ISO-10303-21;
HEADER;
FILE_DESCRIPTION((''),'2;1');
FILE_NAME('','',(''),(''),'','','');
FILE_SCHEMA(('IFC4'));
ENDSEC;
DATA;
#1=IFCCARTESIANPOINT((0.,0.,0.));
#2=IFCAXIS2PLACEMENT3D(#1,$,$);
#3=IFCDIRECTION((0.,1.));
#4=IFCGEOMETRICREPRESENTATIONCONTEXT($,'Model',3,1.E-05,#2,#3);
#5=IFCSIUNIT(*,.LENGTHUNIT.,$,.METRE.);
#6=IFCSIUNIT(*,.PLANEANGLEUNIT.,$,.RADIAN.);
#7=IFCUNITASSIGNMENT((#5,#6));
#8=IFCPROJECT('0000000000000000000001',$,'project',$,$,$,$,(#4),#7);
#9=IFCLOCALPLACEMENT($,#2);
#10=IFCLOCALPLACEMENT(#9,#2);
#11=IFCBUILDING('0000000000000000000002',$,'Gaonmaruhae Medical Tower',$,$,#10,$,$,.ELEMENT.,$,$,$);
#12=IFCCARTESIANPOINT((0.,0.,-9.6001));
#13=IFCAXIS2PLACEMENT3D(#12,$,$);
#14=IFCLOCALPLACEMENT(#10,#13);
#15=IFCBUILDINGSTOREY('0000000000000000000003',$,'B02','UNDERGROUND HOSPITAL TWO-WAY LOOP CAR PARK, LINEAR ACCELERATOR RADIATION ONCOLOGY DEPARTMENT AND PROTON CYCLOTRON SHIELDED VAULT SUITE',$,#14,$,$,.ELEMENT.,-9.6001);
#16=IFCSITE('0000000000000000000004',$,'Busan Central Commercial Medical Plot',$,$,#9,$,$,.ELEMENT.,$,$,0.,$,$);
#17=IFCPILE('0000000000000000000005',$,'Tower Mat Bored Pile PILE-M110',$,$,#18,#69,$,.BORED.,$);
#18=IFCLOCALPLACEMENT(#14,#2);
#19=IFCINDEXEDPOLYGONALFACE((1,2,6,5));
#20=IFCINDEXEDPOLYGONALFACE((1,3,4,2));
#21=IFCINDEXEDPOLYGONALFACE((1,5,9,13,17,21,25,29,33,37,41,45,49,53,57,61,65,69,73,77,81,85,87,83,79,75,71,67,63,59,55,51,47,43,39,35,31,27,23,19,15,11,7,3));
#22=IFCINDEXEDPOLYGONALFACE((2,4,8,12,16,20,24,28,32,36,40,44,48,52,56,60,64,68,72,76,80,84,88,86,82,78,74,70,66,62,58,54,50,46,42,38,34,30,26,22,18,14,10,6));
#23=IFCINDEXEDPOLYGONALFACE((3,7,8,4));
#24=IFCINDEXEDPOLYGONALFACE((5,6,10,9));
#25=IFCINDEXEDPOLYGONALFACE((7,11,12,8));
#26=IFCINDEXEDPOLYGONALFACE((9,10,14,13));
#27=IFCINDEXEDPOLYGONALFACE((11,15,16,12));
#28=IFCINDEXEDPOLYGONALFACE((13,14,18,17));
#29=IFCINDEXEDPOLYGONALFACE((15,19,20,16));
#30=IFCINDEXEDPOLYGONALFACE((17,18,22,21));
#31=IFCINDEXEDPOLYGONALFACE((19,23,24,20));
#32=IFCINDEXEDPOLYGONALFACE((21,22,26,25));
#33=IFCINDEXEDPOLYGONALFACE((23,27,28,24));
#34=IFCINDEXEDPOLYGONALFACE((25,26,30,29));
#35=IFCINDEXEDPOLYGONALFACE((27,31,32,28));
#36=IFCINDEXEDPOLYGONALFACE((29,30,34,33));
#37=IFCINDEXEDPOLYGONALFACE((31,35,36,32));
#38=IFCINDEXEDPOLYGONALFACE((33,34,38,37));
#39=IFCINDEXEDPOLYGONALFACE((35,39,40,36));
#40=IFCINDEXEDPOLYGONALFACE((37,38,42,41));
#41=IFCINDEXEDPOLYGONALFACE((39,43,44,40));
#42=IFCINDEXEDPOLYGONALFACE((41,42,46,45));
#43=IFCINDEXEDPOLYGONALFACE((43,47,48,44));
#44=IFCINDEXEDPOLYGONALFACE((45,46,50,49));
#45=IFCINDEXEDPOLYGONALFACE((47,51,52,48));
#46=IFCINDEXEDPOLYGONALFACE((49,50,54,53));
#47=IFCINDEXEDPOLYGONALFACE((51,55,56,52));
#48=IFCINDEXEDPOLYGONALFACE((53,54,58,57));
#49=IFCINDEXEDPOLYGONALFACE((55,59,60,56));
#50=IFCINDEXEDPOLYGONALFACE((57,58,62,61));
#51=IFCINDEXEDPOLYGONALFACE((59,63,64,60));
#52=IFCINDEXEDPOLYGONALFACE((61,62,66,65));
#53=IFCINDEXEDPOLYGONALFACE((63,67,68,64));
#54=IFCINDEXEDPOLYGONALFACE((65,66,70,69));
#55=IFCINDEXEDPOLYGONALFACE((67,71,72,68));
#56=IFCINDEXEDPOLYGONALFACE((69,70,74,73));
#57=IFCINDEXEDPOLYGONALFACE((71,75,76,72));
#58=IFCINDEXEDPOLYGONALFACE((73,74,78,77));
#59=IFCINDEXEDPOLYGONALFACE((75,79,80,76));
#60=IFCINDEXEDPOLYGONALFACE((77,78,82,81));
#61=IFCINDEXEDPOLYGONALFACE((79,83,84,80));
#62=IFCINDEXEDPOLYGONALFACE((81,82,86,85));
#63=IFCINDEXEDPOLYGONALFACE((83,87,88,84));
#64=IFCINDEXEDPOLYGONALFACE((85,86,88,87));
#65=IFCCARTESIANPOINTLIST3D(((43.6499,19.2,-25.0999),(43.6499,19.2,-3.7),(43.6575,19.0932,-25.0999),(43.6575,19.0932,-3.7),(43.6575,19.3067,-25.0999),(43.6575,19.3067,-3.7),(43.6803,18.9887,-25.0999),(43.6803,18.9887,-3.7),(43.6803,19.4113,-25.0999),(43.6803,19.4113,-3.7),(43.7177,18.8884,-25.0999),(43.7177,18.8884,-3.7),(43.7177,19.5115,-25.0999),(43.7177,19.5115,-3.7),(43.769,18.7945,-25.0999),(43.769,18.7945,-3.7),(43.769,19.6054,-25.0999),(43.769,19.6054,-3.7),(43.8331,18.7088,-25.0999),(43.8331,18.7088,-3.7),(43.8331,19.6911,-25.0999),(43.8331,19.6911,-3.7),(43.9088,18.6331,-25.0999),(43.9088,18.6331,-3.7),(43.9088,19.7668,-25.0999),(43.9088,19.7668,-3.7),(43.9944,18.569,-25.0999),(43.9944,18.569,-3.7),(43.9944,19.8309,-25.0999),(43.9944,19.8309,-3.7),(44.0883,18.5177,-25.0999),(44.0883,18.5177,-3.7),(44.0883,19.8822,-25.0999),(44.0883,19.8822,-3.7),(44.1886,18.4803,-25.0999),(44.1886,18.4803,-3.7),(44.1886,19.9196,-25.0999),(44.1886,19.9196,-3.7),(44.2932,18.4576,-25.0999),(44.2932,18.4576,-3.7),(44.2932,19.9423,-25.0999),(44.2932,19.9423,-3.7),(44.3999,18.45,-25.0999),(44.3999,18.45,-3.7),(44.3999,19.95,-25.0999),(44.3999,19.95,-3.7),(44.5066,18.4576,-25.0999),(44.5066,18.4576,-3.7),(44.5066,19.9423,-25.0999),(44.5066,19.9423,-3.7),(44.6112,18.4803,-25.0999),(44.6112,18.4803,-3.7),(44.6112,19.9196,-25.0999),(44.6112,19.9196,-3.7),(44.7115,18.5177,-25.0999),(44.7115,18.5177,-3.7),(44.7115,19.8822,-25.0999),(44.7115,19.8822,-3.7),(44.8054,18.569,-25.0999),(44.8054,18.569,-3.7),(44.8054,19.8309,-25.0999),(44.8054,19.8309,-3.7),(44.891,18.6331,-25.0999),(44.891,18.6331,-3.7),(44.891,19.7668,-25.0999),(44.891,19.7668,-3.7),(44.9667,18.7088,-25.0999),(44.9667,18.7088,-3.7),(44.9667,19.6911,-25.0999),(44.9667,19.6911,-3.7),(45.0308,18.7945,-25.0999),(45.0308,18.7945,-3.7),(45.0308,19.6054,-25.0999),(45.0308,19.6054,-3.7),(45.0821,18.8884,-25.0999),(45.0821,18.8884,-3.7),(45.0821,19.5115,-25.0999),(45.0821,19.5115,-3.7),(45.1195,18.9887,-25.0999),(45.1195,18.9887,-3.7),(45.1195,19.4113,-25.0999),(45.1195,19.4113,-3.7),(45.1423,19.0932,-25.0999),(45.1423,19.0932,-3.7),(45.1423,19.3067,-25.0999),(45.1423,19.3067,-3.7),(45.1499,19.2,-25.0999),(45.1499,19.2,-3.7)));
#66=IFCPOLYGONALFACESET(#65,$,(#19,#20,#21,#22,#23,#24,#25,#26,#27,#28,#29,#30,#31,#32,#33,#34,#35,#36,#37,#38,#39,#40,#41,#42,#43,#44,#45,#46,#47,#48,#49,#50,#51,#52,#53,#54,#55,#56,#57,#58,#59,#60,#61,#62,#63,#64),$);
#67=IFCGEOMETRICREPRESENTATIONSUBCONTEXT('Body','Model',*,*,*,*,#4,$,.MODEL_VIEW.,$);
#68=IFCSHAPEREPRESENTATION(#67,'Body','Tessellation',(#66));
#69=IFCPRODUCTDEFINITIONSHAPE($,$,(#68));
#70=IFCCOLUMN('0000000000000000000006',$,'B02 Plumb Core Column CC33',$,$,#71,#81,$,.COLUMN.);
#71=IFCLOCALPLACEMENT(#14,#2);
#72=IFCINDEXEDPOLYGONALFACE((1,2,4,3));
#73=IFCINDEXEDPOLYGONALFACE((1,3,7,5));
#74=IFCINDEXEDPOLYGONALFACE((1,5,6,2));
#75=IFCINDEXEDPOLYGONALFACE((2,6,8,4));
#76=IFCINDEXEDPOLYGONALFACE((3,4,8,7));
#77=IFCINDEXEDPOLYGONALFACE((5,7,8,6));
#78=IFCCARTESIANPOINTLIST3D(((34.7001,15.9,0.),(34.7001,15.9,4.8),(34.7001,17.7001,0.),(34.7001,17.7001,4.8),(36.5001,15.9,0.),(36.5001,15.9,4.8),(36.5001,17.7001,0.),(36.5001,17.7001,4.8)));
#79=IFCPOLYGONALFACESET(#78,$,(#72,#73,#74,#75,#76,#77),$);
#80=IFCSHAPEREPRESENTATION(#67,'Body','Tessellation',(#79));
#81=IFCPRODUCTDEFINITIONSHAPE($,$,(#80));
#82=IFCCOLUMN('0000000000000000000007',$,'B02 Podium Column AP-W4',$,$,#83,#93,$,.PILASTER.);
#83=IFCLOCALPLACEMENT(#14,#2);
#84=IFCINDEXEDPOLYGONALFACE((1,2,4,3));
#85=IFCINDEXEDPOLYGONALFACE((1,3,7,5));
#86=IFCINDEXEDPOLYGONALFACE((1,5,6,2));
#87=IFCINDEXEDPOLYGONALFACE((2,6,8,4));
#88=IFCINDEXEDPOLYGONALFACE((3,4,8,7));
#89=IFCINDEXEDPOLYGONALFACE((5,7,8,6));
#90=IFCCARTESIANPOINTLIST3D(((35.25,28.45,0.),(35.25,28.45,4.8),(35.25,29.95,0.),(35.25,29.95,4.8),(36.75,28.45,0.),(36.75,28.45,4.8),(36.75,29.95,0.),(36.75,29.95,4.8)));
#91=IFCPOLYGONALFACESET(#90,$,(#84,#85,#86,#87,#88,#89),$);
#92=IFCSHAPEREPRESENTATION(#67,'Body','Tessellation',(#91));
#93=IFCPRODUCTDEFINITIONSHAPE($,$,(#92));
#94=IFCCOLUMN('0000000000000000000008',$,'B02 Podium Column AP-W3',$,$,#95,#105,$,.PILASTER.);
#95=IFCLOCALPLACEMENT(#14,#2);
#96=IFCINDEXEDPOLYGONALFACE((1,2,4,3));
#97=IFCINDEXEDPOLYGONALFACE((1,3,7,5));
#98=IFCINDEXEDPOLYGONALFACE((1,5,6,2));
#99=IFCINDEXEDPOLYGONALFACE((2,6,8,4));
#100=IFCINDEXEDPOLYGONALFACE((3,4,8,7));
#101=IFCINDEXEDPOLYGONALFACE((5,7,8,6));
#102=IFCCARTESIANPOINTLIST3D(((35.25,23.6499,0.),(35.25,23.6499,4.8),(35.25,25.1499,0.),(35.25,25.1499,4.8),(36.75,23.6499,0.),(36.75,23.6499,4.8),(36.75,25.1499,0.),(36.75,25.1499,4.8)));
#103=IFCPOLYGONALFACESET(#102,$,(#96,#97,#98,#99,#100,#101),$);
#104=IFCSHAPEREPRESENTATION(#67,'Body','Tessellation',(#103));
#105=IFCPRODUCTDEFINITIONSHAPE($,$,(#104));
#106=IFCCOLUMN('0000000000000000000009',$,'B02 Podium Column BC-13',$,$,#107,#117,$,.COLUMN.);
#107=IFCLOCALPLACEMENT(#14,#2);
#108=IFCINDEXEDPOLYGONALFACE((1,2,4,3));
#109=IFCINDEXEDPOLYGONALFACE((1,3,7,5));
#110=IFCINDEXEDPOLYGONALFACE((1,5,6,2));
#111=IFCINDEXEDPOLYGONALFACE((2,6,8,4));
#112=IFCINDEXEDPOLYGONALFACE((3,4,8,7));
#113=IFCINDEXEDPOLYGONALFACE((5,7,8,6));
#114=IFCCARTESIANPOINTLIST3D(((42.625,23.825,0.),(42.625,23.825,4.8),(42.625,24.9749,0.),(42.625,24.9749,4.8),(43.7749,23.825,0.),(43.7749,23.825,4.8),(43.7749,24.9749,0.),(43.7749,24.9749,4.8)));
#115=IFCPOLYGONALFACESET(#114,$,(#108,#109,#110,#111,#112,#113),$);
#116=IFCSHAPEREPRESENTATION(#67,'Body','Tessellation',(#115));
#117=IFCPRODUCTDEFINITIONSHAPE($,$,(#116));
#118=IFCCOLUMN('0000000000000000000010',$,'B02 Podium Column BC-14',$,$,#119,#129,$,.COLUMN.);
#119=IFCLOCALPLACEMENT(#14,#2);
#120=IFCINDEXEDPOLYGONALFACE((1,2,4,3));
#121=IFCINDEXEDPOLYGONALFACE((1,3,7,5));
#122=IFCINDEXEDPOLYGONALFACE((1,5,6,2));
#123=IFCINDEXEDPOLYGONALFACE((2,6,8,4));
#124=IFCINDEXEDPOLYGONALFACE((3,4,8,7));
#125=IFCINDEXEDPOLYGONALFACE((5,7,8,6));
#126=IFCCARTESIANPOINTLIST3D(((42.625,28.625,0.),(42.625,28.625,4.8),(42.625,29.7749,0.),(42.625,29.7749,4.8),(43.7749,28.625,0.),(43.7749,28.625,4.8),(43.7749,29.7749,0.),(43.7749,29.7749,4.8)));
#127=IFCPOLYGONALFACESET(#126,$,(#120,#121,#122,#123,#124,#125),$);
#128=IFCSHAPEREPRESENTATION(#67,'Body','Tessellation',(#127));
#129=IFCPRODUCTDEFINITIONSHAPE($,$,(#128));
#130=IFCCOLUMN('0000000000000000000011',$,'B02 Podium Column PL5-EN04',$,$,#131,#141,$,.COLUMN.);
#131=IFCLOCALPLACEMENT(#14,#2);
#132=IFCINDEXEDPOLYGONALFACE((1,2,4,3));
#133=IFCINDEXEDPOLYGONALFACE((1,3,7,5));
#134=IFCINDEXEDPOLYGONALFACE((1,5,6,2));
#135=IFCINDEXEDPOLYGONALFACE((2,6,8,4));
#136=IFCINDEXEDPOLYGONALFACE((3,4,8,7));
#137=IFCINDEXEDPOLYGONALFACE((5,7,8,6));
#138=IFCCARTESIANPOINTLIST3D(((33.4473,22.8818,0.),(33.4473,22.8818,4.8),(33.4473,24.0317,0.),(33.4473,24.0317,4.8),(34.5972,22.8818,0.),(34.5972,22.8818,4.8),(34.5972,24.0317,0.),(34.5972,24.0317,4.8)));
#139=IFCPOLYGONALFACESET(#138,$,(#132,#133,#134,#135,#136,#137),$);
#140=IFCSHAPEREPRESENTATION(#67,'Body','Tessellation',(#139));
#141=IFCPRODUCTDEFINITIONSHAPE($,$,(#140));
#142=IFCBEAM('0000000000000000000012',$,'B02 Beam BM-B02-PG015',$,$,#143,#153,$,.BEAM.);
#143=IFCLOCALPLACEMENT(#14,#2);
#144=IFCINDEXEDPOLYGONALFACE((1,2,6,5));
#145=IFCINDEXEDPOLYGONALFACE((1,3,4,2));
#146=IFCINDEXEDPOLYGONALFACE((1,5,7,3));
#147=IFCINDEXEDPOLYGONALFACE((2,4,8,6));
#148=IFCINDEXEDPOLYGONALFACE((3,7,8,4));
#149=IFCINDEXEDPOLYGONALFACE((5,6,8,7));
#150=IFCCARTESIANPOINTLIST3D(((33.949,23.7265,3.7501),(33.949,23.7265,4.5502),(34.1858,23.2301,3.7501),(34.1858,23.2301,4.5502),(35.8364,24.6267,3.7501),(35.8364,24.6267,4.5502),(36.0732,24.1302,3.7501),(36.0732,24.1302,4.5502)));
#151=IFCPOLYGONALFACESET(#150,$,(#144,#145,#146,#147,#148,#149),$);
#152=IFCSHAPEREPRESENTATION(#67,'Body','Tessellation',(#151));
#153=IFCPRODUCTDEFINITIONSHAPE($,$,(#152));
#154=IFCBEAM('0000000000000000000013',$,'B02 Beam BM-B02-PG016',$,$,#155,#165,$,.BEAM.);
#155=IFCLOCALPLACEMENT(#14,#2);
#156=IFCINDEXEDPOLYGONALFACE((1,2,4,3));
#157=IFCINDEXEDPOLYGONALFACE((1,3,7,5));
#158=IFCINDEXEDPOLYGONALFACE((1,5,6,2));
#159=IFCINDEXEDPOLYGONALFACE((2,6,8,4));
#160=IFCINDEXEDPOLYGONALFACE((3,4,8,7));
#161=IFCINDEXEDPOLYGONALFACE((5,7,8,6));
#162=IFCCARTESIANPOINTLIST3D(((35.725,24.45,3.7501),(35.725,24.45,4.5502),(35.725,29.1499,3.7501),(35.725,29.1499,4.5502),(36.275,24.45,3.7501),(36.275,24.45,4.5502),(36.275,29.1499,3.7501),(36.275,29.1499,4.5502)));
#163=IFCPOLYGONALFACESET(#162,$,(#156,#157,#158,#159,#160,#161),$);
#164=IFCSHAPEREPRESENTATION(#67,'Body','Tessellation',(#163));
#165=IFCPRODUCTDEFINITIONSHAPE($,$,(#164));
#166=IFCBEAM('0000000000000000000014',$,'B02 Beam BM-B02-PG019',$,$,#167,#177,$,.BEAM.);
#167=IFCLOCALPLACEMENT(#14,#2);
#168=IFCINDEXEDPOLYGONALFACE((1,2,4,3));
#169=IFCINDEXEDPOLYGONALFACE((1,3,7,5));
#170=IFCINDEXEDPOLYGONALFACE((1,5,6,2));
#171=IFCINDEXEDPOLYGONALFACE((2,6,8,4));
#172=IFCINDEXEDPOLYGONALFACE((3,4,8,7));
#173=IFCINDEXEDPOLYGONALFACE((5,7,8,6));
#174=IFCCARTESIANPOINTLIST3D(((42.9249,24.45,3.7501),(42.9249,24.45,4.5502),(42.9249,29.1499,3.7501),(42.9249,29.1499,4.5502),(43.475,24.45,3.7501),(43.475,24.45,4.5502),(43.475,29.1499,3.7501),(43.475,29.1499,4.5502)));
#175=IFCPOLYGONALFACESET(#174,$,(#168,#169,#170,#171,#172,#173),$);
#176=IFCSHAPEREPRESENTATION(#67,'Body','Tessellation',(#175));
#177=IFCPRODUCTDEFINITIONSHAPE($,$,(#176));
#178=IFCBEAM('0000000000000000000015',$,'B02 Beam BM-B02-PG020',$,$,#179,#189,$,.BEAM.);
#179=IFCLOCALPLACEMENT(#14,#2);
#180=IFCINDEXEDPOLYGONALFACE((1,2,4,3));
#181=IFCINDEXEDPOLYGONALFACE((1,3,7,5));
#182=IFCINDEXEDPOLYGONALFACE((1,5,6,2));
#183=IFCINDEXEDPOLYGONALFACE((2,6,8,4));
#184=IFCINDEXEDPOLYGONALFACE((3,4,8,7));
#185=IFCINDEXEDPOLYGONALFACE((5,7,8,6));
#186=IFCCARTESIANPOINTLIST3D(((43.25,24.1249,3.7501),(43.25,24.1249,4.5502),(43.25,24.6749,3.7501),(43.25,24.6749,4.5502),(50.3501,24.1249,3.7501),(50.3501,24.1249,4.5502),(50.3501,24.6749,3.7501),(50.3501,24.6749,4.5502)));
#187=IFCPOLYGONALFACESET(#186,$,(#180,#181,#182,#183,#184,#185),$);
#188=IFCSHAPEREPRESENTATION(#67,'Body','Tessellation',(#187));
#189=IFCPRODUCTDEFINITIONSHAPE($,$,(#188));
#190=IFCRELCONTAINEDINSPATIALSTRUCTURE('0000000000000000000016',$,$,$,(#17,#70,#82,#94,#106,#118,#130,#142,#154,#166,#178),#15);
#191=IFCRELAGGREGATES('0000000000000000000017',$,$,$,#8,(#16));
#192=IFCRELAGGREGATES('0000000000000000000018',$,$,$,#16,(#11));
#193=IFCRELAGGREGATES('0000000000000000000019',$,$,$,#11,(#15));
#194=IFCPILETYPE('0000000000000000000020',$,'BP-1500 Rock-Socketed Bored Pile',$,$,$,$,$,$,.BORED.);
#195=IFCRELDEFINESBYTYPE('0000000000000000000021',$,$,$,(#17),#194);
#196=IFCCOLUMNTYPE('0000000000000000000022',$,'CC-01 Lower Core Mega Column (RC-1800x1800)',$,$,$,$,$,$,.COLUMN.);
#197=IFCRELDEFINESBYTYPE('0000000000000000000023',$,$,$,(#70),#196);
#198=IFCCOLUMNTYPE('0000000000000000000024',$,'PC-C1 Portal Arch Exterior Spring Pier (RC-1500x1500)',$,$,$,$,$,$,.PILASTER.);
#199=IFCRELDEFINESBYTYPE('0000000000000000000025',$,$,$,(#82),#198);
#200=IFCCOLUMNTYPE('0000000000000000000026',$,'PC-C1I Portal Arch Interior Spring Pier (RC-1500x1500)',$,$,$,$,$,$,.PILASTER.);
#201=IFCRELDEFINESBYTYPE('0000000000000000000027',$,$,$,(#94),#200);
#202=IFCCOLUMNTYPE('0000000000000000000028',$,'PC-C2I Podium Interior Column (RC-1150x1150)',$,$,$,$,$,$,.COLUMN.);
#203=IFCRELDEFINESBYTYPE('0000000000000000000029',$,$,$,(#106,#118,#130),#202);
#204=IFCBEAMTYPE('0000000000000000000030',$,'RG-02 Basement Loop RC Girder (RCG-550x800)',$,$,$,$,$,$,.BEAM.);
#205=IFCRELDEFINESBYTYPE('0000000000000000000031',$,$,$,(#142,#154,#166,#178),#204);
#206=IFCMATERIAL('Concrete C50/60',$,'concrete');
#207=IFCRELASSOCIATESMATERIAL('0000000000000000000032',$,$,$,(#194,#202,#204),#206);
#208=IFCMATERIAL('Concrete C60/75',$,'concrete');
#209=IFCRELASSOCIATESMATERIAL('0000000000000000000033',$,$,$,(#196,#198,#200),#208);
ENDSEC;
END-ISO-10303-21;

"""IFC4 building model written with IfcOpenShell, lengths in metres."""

from ifc_helpers import new_model, si_unit, direction, frame, origin, origin_2d, place, context, subcontext, project, spatial, rectangle, circle, extrude, material, material_profile, profile_set, type_object, element, save


model = new_model("IFC4")

# Units and contexts
model_context = context("Model", 3, precision=1e-05, world=origin(), true_north=direction((0.0, 1.0)))
body_context = subcontext(model_context, "Body", "Model", "MODEL_VIEW")
ifc_project = project(units=[si_unit("LENGTHUNIT", "METRE"), si_unit("PLANEANGLEUNIT", "RADIAN")], contexts=[model_context])

# Site, building, storey
site_placement = place(None, origin())
site = spatial("IfcSite", under=ifc_project, at=site_placement, Name="Busan Central Commercial Medical Plot", CompositionType="ELEMENT", RefElevation=0.0)
building_placement = place(site_placement, origin())
building = spatial("IfcBuilding", under=site, at=building_placement, Name="Gaonmaruhae Medical Tower", CompositionType="ELEMENT")
storey_placement = place(building_placement, frame((0.0, 0.0, -9.6001)))
storey = spatial("IfcBuildingStorey", under=building, at=storey_placement, Name="B02", Description="UNDERGROUND HOSPITAL TWO-WAY LOOP CAR PARK, LINEAR ACCELERATOR RADIATION ONCOLOGY DEPARTMENT AND PROTON CYCLOTRON SHIELDED VAULT SUITE", CompositionType="ELEMENT", Elevation=-9.6001)

# Pile
ifc_material_1 = material(Name="Concrete C50/60", Category="concrete")
ifc_material_profile_1 = material_profile(ifc_material_1, circle(Radius=0.75, at=origin_2d()), Name="PILE-D1500")
ifc_profile_set_1 = profile_set([ifc_material_profile_1], Name="Concrete C50/60")
pile_type = type_object("IfcPileType", Name="BP-1500 Rock-Socketed Bored Pile", PredefinedType="BORED", material=ifc_profile_set_1)
for number, where, z_axis, x_axis, name in (
    (1, (44.3999, 19.2, -3.7), (0.0, 0.0, -1.0), (1.0, 0.0, 0.0), "Tower Mat Bored Pile PILE-M110"),
):
    element("IfcPile", number, at=place(storey_placement, frame(where, z_axis=z_axis, x_axis=x_axis)), inside=storey, type_object=pile_type, Name=name, PredefinedType="BORED", context=body_context, shape_type="SweptSolid", body=[
        extrude(circle(Radius=0.75, at=origin_2d()), origin(), (0.0, 0.0, 1.0), 21.3999),
    ])

# Columns
ifc_material_2 = material(Name="Concrete C60/75", Category="concrete")
ifc_material_profile_2 = material_profile(ifc_material_2, rectangle(XDim=1.8, YDim=1.8, at=origin_2d()), Name="RC-1800x1800")
ifc_profile_set_2 = profile_set([ifc_material_profile_2], Name="Concrete C60/75")
column_type_1 = type_object("IfcColumnType", Name="CC-01 Lower Core Mega Column (RC-1800x1800)", PredefinedType="COLUMN", material=ifc_profile_set_2)
column_1_placement = place(storey_placement, frame((35.6001, 16.8, 0.0), z_axis=(0.0, 0.0, 1.0), x_axis=(1.0, 0.0, 0.0)))
element("IfcColumn", 2, at=column_1_placement, inside=storey, type_object=column_type_1, Name="B02 Plumb Core Column CC33", PredefinedType="COLUMN", context=body_context, shape_type="SweptSolid", body=[
    extrude(rectangle(XDim=1.8, YDim=1.8, at=origin_2d()), origin(), (0.0, 0.0, 1.0), 4.8),
])
ifc_material_profile_3 = material_profile(ifc_material_2, rectangle(XDim=1.5, YDim=1.5, at=origin_2d()), Name="RC-1500x1500")
ifc_profile_set_3 = profile_set([ifc_material_profile_3], Name="Concrete C60/75")
column_type_2 = type_object("IfcColumnType", Name="PC-C1 Portal Arch Exterior Spring Pier (RC-1500x1500)", PredefinedType="PILASTER", material=ifc_profile_set_3)
column_2_placement = place(storey_placement, frame((36.0, 29.2, 0.0), z_axis=(0.0, 0.0, 1.0), x_axis=(1.0, 0.0, 0.0)))
element("IfcColumn", 3, at=column_2_placement, inside=storey, type_object=column_type_2, Name="B02 Podium Column AP-W4", PredefinedType="PILASTER", context=body_context, shape_type="SweptSolid", body=[
    extrude(rectangle(XDim=1.5, YDim=1.5, at=origin_2d()), origin(), (0.0, 0.0, 1.0), 4.8),
])
ifc_material_profile_4 = material_profile(ifc_material_2, rectangle(XDim=1.5, YDim=1.5, at=origin_2d()), Name="RC-1500x1500")
ifc_profile_set_4 = profile_set([ifc_material_profile_4], Name="Concrete C60/75")
column_type_3 = type_object("IfcColumnType", Name="PC-C1I Portal Arch Interior Spring Pier (RC-1500x1500)", PredefinedType="PILASTER", material=ifc_profile_set_4)
column_3_placement = place(storey_placement, frame((36.0, 24.3999, 0.0), z_axis=(0.0, 0.0, 1.0), x_axis=(1.0, 0.0, 0.0)))
element("IfcColumn", 4, at=column_3_placement, inside=storey, type_object=column_type_3, Name="B02 Podium Column AP-W3", PredefinedType="PILASTER", context=body_context, shape_type="SweptSolid", body=[
    extrude(rectangle(XDim=1.5, YDim=1.5, at=origin_2d()), origin(), (0.0, 0.0, 1.0), 4.8),
])
ifc_material_profile_5 = material_profile(ifc_material_1, rectangle(XDim=1.1499, YDim=1.1499, at=origin_2d()), Name="RC-1150x1150")
ifc_profile_set_5 = profile_set([ifc_material_profile_5], Name="Concrete C50/60")
column_type_4 = type_object("IfcColumnType", Name="PC-C2I Podium Interior Column (RC-1150x1150)", PredefinedType="COLUMN", material=ifc_profile_set_5)
for number, where, z_axis, x_axis, name in (
    (5, (43.2, 24.3999, 0.0), (0.0, 0.0, 1.0), (1.0, 0.0, 0.0), "B02 Podium Column BC-13"),
    (6, (43.2, 29.2, 0.0), (0.0, 0.0, 1.0), (1.0, 0.0, 0.0), "B02 Podium Column BC-14"),
    (7, (34.0222, 23.4568, 0.0), (0.0, 0.0, 1.0), (1.0, 0.0, 0.0), "B02 Podium Column PL5-EN04"),
):
    element("IfcColumn", number, at=place(storey_placement, frame(where, z_axis=z_axis, x_axis=x_axis)), inside=storey, type_object=column_type_4, Name=name, PredefinedType="COLUMN", context=body_context, shape_type="SweptSolid", body=[
        extrude(rectangle(XDim=1.1499, YDim=1.1499, at=origin_2d()), origin(), (0.0, 0.0, 1.0), 4.8),
    ])

# Beams
ifc_material_profile_6 = material_profile(ifc_material_1, rectangle(XDim=0.55, YDim=0.8, at=origin_2d()), Name="RCG-550x800")
ifc_profile_set_6 = profile_set([ifc_material_profile_6], Name="Concrete C50/60")
beam_type = type_object("IfcBeamType", Name="RG-02 Basement Loop RC Girder (RCG-550x800)", PredefinedType="BEAM", material=ifc_profile_set_6)
beam_1_placement = place(storey_placement, frame((35.9548, 24.3784, 4.1501), z_axis=(-0.902608, -0.430464, 0.0), x_axis=(0.430464, -0.902608, 0.0)))
element("IfcBeam", 8, at=beam_1_placement, inside=storey, type_object=beam_type, Name="B02 Beam BM-B02-PG015", PredefinedType="BEAM", context=body_context, shape_type="SweptSolid", body=[
    extrude(rectangle(XDim=0.55, YDim=0.8, at=origin_2d()), origin(), (0.0, 0.0, 1.0), 2.0911),
])
for number, where, z_axis, x_axis, name in (
    (9, (36.0, 24.45, 4.1501), (0.0, 1.0, 0.0), (-1.0, 0.0, 0.0), "B02 Beam BM-B02-PG016"),
    (10, (43.2, 24.45, 4.1501), (0.0, 1.0, 0.0), (-1.0, 0.0, 0.0), "B02 Beam BM-B02-PG019"),
):
    element("IfcBeam", number, at=place(storey_placement, frame(where, z_axis=z_axis, x_axis=x_axis)), inside=storey, type_object=beam_type, Name=name, PredefinedType="BEAM", context=body_context, shape_type="SweptSolid", body=[
        extrude(rectangle(XDim=0.55, YDim=0.8, at=origin_2d()), origin(), (0.0, 0.0, 1.0), 4.7),
    ])
beam_2_placement = place(storey_placement, frame((43.25, 24.3999, 4.1501), z_axis=(1.0, 0.0, 0.0), x_axis=(0.0, 1.0, 0.0)))
element("IfcBeam", 11, at=beam_2_placement, inside=storey, type_object=beam_type, Name="B02 Beam BM-B02-PG020", PredefinedType="BEAM", context=body_context, shape_type="SweptSolid", body=[
    extrude(rectangle(XDim=0.55, YDim=0.8, at=origin_2d()), origin(), (0.0, 0.0, 1.0), 7.1001),
])

save(model, "model.ifc")
